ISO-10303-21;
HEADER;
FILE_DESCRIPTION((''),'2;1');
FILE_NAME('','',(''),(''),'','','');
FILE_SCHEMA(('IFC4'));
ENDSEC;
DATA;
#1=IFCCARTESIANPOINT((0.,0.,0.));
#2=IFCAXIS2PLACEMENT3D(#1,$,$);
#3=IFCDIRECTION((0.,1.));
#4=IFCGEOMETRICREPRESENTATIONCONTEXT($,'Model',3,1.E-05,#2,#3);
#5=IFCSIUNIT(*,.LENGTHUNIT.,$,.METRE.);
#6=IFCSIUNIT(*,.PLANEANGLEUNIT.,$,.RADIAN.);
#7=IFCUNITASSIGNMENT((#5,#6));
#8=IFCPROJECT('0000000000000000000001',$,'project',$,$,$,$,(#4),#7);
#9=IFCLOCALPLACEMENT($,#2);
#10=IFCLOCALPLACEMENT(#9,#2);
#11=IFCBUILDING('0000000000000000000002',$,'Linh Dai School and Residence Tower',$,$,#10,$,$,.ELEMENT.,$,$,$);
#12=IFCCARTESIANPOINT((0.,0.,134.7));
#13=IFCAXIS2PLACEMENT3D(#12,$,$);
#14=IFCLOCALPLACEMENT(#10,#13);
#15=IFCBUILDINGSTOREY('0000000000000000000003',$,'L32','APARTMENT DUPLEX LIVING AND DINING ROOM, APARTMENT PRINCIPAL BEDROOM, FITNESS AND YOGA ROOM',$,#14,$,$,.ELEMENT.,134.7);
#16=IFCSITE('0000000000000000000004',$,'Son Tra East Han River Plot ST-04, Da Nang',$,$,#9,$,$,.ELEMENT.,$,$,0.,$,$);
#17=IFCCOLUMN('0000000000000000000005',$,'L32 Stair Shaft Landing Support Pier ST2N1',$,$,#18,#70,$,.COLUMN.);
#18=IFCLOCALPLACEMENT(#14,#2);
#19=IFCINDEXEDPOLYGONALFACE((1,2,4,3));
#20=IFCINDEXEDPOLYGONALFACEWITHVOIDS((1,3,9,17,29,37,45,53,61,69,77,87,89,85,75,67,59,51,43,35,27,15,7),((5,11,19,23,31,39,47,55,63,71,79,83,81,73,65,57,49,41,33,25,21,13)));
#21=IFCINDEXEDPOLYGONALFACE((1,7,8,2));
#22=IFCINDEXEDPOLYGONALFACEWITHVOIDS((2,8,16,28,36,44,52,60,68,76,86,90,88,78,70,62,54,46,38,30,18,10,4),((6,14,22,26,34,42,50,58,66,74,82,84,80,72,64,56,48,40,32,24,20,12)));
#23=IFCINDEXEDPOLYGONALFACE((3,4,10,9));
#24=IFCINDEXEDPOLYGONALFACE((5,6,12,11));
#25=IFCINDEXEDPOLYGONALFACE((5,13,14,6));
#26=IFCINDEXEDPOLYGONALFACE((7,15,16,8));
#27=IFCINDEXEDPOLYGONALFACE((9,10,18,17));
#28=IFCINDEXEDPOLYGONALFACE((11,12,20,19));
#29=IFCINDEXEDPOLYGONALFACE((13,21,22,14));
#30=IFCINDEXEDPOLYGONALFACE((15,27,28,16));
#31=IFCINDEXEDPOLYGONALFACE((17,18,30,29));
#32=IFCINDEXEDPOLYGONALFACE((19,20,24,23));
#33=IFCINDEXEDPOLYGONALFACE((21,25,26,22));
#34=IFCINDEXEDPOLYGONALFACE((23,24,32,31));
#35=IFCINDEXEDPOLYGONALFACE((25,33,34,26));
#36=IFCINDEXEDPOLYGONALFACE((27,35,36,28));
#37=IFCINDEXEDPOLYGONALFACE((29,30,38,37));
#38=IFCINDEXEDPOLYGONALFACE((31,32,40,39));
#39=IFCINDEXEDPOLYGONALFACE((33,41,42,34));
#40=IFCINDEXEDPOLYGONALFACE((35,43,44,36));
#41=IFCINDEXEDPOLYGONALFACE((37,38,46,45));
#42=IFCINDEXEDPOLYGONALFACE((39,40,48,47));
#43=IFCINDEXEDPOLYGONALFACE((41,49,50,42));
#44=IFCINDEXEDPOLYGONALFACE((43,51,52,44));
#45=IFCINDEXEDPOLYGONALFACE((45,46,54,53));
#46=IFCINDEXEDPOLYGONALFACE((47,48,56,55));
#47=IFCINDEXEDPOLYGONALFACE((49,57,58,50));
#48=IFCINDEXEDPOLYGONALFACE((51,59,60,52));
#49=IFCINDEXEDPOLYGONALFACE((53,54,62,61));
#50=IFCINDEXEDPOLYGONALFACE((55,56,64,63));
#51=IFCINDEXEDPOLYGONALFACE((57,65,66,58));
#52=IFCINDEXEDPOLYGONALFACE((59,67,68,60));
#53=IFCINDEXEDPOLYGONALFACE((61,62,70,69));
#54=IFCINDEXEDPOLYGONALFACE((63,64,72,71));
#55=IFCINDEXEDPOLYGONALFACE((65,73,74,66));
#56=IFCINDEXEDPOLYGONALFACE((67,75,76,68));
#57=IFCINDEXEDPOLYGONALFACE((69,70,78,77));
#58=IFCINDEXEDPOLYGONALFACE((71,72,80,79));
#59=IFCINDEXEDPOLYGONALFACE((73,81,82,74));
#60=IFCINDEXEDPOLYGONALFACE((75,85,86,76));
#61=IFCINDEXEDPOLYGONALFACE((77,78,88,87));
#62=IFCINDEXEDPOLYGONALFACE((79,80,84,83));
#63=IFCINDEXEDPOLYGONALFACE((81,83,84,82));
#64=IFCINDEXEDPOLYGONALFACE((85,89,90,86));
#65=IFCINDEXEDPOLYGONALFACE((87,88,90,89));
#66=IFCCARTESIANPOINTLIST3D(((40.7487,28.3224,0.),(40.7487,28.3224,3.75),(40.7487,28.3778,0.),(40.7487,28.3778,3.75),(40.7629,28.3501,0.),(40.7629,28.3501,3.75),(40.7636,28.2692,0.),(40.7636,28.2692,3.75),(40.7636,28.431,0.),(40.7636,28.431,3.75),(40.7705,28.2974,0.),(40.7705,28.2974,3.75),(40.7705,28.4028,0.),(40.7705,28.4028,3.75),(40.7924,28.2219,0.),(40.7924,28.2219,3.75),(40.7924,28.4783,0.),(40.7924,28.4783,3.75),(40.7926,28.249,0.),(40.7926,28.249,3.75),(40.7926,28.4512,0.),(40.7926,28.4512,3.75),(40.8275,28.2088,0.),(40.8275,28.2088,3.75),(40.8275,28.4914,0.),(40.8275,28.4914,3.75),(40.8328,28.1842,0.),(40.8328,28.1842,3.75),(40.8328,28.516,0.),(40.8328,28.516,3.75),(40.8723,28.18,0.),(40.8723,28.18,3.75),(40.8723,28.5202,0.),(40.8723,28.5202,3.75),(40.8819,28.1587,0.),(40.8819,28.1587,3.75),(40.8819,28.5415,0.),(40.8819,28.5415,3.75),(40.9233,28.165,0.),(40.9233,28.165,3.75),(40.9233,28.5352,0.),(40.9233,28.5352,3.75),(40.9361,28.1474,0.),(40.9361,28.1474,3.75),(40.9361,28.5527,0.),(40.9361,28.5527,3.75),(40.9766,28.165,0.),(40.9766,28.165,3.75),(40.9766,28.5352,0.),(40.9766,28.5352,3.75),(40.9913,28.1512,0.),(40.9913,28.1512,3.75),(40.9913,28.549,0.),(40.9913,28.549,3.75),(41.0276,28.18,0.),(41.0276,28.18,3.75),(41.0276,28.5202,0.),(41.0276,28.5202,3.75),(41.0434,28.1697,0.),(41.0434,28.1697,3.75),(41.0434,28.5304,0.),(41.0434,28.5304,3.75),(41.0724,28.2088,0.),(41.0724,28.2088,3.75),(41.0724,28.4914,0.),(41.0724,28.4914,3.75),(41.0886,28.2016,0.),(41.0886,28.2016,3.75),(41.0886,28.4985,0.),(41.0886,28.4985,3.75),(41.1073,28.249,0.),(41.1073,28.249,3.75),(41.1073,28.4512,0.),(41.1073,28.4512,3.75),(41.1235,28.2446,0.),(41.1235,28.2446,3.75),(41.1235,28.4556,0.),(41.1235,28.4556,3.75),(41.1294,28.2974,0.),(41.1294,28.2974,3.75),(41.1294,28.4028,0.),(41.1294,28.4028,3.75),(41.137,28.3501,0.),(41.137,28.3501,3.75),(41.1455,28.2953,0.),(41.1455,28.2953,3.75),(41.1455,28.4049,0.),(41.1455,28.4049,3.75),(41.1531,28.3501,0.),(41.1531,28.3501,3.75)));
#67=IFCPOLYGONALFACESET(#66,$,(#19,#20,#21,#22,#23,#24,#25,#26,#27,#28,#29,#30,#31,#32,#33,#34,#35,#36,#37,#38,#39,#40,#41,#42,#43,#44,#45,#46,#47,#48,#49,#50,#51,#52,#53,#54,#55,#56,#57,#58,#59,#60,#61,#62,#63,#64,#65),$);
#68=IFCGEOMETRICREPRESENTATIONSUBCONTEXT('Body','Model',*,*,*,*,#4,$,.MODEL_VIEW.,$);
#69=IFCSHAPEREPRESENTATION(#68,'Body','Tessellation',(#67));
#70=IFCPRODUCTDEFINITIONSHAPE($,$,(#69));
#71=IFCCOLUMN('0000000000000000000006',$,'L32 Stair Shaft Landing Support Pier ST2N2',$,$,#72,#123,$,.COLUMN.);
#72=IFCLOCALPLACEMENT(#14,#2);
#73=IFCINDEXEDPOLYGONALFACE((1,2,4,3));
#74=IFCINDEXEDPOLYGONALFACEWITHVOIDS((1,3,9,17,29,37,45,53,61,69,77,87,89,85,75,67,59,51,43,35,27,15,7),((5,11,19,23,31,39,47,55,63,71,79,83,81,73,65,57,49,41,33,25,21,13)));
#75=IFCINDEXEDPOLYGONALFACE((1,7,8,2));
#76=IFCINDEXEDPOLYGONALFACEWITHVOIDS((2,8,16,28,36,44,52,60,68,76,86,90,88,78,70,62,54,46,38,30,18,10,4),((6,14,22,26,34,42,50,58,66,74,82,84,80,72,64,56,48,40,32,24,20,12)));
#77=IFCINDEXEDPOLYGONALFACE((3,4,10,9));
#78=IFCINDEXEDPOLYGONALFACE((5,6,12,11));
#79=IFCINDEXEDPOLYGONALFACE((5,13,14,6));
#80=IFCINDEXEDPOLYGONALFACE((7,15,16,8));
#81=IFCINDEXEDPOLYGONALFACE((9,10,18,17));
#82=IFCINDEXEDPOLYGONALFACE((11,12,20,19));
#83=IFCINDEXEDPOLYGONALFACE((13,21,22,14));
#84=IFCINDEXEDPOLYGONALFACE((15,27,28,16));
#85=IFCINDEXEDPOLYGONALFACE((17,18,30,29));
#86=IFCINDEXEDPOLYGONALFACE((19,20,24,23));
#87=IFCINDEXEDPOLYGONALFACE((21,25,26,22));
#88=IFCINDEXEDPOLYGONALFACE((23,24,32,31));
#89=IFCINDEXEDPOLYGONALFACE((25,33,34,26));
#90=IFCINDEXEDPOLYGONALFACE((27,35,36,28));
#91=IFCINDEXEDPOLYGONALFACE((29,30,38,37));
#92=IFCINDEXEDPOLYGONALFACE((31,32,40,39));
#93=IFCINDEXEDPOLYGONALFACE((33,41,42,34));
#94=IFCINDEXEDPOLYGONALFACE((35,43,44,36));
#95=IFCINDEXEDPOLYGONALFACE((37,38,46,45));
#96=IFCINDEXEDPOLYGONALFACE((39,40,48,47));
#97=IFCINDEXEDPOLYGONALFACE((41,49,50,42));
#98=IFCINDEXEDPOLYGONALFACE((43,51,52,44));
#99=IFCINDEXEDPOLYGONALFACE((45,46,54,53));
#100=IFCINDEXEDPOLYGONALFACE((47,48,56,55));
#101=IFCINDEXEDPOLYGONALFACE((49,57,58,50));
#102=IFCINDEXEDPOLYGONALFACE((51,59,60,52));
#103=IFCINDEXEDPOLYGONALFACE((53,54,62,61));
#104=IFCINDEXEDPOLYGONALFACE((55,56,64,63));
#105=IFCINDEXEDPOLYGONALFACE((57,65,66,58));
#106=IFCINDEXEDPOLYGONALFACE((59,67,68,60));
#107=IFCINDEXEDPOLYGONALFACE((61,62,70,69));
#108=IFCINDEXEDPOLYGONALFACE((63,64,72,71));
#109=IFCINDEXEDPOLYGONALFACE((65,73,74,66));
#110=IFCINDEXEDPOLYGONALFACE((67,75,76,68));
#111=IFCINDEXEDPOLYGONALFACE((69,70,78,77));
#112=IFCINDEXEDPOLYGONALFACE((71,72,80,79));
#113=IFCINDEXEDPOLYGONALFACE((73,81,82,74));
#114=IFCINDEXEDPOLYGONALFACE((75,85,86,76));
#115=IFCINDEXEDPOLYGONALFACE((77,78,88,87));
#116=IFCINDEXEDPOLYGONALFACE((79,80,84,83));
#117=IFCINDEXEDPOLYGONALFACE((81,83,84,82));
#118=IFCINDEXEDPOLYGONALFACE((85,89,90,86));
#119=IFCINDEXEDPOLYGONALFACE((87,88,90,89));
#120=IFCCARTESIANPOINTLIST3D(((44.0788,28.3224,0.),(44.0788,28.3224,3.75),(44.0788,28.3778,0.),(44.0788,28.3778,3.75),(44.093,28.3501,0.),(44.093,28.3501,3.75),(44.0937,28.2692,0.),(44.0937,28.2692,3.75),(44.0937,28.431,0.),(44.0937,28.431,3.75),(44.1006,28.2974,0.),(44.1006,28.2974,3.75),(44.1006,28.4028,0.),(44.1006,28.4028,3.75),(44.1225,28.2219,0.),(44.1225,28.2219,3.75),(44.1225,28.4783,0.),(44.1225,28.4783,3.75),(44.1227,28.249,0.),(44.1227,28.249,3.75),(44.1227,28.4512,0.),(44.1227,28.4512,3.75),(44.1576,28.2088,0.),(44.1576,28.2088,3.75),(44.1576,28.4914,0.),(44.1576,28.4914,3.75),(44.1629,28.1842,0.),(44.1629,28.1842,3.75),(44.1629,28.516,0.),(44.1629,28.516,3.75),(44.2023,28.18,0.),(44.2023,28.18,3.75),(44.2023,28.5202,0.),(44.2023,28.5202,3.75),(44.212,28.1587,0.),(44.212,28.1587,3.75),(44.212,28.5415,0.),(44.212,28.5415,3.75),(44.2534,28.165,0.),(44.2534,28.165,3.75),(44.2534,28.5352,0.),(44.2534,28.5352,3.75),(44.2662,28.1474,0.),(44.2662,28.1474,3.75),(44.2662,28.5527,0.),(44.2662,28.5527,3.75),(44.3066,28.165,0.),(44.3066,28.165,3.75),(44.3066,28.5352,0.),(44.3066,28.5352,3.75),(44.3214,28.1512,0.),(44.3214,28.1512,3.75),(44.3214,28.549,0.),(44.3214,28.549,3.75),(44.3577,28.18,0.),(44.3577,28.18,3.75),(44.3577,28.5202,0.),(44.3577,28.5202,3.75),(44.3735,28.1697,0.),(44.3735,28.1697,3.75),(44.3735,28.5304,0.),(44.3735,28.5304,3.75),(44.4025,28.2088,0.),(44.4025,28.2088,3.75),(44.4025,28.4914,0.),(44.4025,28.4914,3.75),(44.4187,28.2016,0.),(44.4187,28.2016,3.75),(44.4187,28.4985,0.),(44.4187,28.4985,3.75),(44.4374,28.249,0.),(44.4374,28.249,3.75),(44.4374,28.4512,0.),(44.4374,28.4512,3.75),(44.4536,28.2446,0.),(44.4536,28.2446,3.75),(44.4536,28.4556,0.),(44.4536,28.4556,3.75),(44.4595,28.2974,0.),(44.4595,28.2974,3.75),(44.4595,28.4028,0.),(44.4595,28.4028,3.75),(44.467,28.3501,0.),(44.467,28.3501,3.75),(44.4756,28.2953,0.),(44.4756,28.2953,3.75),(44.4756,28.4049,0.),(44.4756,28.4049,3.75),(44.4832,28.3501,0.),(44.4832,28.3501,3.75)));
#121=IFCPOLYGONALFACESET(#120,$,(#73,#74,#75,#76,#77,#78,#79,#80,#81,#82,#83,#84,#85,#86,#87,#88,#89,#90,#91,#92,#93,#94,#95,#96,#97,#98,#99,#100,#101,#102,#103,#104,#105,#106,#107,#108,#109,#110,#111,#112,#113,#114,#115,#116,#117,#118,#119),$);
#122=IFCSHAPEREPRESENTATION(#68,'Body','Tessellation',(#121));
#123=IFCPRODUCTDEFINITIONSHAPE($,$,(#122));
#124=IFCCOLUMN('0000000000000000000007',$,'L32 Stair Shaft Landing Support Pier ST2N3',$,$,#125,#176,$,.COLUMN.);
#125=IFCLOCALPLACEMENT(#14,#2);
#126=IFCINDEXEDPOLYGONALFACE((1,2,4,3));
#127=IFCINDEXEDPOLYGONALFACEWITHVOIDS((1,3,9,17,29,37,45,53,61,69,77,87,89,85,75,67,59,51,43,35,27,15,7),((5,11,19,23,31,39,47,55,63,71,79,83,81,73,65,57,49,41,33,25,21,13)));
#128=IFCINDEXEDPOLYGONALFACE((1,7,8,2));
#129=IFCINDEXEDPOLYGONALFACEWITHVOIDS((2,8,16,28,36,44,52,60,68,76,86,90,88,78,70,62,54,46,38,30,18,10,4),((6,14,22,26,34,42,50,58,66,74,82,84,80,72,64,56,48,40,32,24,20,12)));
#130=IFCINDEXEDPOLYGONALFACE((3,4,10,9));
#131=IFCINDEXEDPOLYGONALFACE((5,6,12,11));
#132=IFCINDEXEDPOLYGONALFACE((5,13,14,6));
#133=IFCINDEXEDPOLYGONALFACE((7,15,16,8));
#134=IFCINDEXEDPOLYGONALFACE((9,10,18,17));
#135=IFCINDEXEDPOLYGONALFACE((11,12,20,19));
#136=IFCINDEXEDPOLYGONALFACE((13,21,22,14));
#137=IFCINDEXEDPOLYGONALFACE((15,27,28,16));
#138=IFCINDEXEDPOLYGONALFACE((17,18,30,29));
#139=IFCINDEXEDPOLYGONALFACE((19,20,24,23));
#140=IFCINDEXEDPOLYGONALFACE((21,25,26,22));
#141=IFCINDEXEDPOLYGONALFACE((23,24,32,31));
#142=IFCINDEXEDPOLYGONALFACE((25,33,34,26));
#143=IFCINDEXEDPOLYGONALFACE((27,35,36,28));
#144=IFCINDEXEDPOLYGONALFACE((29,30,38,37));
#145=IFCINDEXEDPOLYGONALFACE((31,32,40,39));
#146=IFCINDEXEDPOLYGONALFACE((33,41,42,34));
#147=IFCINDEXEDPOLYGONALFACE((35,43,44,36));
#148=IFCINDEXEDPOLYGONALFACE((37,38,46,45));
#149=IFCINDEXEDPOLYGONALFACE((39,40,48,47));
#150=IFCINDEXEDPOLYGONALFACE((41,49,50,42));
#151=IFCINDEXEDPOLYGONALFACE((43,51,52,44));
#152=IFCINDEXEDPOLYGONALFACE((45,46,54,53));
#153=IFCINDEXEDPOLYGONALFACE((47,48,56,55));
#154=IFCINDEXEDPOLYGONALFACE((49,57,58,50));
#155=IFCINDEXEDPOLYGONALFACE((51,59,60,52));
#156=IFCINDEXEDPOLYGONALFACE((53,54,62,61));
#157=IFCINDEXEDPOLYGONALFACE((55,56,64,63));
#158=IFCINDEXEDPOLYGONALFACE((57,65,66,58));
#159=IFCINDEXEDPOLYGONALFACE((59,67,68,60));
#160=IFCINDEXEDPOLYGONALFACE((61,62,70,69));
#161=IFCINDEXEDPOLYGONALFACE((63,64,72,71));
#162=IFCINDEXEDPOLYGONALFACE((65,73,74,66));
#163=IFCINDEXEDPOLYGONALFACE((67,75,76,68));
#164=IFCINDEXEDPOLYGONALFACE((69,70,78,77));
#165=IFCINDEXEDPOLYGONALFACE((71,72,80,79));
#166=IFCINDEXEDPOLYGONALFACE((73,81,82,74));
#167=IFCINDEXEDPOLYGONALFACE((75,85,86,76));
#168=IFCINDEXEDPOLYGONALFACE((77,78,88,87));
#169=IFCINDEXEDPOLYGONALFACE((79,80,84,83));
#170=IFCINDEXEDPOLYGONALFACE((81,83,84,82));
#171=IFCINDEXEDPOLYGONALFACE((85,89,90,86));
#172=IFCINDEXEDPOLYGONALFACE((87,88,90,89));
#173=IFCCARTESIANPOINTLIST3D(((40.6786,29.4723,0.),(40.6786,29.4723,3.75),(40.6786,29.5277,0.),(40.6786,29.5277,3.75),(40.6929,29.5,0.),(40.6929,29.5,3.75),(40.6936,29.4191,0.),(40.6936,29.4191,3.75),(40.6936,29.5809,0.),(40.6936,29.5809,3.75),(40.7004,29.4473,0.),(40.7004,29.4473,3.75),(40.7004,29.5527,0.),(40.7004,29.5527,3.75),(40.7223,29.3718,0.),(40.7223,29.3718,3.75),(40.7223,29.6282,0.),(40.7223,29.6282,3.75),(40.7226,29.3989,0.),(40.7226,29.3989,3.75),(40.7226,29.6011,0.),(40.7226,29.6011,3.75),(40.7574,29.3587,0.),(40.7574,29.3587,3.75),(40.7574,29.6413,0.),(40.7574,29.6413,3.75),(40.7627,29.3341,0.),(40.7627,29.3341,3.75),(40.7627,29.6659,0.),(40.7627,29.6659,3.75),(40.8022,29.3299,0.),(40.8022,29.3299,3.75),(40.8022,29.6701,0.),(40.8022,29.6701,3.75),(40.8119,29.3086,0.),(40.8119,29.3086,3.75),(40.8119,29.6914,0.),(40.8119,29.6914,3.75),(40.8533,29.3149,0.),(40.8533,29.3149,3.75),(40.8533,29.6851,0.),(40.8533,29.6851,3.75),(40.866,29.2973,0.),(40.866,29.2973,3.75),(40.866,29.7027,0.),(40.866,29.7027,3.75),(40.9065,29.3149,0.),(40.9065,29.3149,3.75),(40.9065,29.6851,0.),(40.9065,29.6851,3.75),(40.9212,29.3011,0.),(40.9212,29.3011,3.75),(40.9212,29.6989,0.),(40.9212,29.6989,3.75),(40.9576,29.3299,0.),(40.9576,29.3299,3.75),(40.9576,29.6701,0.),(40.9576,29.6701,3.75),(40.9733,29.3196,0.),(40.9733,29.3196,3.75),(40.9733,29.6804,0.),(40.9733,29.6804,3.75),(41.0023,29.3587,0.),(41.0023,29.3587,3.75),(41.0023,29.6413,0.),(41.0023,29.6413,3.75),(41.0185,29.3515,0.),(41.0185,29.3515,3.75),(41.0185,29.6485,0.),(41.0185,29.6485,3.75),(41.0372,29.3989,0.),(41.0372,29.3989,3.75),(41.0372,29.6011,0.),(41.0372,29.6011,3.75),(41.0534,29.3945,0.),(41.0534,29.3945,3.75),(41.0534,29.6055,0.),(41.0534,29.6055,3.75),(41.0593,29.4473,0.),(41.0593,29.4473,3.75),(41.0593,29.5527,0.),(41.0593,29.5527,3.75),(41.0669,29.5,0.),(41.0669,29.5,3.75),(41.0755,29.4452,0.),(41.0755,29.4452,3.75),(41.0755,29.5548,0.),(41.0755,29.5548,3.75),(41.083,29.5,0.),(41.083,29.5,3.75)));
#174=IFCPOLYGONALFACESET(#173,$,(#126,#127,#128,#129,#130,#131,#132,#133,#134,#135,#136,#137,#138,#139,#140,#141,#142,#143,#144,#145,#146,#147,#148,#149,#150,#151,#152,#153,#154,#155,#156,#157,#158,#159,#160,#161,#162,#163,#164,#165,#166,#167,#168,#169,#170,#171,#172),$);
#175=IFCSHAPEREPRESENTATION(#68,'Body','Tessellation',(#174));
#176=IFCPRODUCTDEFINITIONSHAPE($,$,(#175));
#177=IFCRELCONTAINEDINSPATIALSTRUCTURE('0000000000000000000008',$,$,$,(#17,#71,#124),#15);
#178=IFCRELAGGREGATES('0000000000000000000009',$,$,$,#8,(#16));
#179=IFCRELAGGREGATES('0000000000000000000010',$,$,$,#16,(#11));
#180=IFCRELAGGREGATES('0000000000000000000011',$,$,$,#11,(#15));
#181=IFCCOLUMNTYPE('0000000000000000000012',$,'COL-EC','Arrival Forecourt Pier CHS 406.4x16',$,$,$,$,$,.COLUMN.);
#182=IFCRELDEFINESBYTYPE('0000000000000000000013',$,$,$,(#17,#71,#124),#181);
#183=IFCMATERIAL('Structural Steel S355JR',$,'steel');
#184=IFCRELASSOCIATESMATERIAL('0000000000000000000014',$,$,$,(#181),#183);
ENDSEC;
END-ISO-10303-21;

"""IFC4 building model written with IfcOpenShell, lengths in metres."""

from ifc_helpers import new_model, si_unit, direction, frame, origin, origin_2d, place, context, subcontext, project, spatial, hollow_circle, extrude, material, material_profile, profile_set, type_object, element, save


model = new_model("IFC4")

# Units and contexts
model_context = context("Model", 3, precision=1e-05, world=origin(), true_north=direction((0.0, 1.0)))
body_context = subcontext(model_context, "Body", "Model", "MODEL_VIEW")
ifc_project = project(units=[si_unit("LENGTHUNIT", "METRE"), si_unit("PLANEANGLEUNIT", "RADIAN")], contexts=[model_context])

# Site, building, storey
site_placement = place(None, origin())
site = spatial("IfcSite", under=ifc_project, at=site_placement, Name="Son Tra East Han River Plot ST-04, Da Nang", CompositionType="ELEMENT", RefElevation=0.0)
building_placement = place(site_placement, origin())
building = spatial("IfcBuilding", under=site, at=building_placement, Name="Linh Dai School and Residence Tower", CompositionType="ELEMENT")
storey_placement = place(building_placement, frame((0.0, 0.0, 134.7)))
storey = spatial("IfcBuildingStorey", under=building, at=storey_placement, Name="L32", Description="APARTMENT DUPLEX LIVING AND DINING ROOM, APARTMENT PRINCIPAL BEDROOM, FITNESS AND YOGA ROOM", CompositionType="ELEMENT", Elevation=134.7)

# Columns
ifc_material_1 = material(Name="Structural Steel S355JR", Category="steel")
ifc_material_profile_1 = material_profile(ifc_material_1, hollow_circle(Radius=0.2031, WallThickness=0.0161, at=origin_2d()), Name="CHS 406.4x16")
ifc_profile_set_1 = profile_set([ifc_material_profile_1], Name="Structural Steel S355JR")
column_type_1 = type_object("IfcColumnType", Name="COL-EC", Description="Arrival Forecourt Pier CHS 406.4x16", PredefinedType="COLUMN", material=ifc_profile_set_1)
for number, where, z_axis, x_axis, name in (
    (1, (40.95, 28.3501, 0.0), (0.0, 0.0, 1.0), (1.0, 0.0, 0.0), "L32 Stair Shaft Landing Support Pier ST2N1"),
    (2, (44.28, 28.3501, 0.0), (0.0, 0.0, 1.0), (1.0, 0.0, 0.0), "L32 Stair Shaft Landing Support Pier ST2N2"),
    (3, (40.8799, 29.5, 0.0), (0.0, 0.0, 1.0), (1.0, 0.0, 0.0), "L32 Stair Shaft Landing Support Pier ST2N3"),
):
    element("IfcColumn", number, at=place(storey_placement, frame(where, z_axis=z_axis, x_axis=x_axis)), inside=storey, type_object=column_type_1, Name=name, PredefinedType="COLUMN", context=body_context, shape_type="SweptSolid", body=[
        extrude(hollow_circle(Radius=0.2031, WallThickness=0.0161, at=origin_2d()), origin(), (0.0, 0.0, 1.0), 3.75),
    ])

save(model, "model.ifc")
